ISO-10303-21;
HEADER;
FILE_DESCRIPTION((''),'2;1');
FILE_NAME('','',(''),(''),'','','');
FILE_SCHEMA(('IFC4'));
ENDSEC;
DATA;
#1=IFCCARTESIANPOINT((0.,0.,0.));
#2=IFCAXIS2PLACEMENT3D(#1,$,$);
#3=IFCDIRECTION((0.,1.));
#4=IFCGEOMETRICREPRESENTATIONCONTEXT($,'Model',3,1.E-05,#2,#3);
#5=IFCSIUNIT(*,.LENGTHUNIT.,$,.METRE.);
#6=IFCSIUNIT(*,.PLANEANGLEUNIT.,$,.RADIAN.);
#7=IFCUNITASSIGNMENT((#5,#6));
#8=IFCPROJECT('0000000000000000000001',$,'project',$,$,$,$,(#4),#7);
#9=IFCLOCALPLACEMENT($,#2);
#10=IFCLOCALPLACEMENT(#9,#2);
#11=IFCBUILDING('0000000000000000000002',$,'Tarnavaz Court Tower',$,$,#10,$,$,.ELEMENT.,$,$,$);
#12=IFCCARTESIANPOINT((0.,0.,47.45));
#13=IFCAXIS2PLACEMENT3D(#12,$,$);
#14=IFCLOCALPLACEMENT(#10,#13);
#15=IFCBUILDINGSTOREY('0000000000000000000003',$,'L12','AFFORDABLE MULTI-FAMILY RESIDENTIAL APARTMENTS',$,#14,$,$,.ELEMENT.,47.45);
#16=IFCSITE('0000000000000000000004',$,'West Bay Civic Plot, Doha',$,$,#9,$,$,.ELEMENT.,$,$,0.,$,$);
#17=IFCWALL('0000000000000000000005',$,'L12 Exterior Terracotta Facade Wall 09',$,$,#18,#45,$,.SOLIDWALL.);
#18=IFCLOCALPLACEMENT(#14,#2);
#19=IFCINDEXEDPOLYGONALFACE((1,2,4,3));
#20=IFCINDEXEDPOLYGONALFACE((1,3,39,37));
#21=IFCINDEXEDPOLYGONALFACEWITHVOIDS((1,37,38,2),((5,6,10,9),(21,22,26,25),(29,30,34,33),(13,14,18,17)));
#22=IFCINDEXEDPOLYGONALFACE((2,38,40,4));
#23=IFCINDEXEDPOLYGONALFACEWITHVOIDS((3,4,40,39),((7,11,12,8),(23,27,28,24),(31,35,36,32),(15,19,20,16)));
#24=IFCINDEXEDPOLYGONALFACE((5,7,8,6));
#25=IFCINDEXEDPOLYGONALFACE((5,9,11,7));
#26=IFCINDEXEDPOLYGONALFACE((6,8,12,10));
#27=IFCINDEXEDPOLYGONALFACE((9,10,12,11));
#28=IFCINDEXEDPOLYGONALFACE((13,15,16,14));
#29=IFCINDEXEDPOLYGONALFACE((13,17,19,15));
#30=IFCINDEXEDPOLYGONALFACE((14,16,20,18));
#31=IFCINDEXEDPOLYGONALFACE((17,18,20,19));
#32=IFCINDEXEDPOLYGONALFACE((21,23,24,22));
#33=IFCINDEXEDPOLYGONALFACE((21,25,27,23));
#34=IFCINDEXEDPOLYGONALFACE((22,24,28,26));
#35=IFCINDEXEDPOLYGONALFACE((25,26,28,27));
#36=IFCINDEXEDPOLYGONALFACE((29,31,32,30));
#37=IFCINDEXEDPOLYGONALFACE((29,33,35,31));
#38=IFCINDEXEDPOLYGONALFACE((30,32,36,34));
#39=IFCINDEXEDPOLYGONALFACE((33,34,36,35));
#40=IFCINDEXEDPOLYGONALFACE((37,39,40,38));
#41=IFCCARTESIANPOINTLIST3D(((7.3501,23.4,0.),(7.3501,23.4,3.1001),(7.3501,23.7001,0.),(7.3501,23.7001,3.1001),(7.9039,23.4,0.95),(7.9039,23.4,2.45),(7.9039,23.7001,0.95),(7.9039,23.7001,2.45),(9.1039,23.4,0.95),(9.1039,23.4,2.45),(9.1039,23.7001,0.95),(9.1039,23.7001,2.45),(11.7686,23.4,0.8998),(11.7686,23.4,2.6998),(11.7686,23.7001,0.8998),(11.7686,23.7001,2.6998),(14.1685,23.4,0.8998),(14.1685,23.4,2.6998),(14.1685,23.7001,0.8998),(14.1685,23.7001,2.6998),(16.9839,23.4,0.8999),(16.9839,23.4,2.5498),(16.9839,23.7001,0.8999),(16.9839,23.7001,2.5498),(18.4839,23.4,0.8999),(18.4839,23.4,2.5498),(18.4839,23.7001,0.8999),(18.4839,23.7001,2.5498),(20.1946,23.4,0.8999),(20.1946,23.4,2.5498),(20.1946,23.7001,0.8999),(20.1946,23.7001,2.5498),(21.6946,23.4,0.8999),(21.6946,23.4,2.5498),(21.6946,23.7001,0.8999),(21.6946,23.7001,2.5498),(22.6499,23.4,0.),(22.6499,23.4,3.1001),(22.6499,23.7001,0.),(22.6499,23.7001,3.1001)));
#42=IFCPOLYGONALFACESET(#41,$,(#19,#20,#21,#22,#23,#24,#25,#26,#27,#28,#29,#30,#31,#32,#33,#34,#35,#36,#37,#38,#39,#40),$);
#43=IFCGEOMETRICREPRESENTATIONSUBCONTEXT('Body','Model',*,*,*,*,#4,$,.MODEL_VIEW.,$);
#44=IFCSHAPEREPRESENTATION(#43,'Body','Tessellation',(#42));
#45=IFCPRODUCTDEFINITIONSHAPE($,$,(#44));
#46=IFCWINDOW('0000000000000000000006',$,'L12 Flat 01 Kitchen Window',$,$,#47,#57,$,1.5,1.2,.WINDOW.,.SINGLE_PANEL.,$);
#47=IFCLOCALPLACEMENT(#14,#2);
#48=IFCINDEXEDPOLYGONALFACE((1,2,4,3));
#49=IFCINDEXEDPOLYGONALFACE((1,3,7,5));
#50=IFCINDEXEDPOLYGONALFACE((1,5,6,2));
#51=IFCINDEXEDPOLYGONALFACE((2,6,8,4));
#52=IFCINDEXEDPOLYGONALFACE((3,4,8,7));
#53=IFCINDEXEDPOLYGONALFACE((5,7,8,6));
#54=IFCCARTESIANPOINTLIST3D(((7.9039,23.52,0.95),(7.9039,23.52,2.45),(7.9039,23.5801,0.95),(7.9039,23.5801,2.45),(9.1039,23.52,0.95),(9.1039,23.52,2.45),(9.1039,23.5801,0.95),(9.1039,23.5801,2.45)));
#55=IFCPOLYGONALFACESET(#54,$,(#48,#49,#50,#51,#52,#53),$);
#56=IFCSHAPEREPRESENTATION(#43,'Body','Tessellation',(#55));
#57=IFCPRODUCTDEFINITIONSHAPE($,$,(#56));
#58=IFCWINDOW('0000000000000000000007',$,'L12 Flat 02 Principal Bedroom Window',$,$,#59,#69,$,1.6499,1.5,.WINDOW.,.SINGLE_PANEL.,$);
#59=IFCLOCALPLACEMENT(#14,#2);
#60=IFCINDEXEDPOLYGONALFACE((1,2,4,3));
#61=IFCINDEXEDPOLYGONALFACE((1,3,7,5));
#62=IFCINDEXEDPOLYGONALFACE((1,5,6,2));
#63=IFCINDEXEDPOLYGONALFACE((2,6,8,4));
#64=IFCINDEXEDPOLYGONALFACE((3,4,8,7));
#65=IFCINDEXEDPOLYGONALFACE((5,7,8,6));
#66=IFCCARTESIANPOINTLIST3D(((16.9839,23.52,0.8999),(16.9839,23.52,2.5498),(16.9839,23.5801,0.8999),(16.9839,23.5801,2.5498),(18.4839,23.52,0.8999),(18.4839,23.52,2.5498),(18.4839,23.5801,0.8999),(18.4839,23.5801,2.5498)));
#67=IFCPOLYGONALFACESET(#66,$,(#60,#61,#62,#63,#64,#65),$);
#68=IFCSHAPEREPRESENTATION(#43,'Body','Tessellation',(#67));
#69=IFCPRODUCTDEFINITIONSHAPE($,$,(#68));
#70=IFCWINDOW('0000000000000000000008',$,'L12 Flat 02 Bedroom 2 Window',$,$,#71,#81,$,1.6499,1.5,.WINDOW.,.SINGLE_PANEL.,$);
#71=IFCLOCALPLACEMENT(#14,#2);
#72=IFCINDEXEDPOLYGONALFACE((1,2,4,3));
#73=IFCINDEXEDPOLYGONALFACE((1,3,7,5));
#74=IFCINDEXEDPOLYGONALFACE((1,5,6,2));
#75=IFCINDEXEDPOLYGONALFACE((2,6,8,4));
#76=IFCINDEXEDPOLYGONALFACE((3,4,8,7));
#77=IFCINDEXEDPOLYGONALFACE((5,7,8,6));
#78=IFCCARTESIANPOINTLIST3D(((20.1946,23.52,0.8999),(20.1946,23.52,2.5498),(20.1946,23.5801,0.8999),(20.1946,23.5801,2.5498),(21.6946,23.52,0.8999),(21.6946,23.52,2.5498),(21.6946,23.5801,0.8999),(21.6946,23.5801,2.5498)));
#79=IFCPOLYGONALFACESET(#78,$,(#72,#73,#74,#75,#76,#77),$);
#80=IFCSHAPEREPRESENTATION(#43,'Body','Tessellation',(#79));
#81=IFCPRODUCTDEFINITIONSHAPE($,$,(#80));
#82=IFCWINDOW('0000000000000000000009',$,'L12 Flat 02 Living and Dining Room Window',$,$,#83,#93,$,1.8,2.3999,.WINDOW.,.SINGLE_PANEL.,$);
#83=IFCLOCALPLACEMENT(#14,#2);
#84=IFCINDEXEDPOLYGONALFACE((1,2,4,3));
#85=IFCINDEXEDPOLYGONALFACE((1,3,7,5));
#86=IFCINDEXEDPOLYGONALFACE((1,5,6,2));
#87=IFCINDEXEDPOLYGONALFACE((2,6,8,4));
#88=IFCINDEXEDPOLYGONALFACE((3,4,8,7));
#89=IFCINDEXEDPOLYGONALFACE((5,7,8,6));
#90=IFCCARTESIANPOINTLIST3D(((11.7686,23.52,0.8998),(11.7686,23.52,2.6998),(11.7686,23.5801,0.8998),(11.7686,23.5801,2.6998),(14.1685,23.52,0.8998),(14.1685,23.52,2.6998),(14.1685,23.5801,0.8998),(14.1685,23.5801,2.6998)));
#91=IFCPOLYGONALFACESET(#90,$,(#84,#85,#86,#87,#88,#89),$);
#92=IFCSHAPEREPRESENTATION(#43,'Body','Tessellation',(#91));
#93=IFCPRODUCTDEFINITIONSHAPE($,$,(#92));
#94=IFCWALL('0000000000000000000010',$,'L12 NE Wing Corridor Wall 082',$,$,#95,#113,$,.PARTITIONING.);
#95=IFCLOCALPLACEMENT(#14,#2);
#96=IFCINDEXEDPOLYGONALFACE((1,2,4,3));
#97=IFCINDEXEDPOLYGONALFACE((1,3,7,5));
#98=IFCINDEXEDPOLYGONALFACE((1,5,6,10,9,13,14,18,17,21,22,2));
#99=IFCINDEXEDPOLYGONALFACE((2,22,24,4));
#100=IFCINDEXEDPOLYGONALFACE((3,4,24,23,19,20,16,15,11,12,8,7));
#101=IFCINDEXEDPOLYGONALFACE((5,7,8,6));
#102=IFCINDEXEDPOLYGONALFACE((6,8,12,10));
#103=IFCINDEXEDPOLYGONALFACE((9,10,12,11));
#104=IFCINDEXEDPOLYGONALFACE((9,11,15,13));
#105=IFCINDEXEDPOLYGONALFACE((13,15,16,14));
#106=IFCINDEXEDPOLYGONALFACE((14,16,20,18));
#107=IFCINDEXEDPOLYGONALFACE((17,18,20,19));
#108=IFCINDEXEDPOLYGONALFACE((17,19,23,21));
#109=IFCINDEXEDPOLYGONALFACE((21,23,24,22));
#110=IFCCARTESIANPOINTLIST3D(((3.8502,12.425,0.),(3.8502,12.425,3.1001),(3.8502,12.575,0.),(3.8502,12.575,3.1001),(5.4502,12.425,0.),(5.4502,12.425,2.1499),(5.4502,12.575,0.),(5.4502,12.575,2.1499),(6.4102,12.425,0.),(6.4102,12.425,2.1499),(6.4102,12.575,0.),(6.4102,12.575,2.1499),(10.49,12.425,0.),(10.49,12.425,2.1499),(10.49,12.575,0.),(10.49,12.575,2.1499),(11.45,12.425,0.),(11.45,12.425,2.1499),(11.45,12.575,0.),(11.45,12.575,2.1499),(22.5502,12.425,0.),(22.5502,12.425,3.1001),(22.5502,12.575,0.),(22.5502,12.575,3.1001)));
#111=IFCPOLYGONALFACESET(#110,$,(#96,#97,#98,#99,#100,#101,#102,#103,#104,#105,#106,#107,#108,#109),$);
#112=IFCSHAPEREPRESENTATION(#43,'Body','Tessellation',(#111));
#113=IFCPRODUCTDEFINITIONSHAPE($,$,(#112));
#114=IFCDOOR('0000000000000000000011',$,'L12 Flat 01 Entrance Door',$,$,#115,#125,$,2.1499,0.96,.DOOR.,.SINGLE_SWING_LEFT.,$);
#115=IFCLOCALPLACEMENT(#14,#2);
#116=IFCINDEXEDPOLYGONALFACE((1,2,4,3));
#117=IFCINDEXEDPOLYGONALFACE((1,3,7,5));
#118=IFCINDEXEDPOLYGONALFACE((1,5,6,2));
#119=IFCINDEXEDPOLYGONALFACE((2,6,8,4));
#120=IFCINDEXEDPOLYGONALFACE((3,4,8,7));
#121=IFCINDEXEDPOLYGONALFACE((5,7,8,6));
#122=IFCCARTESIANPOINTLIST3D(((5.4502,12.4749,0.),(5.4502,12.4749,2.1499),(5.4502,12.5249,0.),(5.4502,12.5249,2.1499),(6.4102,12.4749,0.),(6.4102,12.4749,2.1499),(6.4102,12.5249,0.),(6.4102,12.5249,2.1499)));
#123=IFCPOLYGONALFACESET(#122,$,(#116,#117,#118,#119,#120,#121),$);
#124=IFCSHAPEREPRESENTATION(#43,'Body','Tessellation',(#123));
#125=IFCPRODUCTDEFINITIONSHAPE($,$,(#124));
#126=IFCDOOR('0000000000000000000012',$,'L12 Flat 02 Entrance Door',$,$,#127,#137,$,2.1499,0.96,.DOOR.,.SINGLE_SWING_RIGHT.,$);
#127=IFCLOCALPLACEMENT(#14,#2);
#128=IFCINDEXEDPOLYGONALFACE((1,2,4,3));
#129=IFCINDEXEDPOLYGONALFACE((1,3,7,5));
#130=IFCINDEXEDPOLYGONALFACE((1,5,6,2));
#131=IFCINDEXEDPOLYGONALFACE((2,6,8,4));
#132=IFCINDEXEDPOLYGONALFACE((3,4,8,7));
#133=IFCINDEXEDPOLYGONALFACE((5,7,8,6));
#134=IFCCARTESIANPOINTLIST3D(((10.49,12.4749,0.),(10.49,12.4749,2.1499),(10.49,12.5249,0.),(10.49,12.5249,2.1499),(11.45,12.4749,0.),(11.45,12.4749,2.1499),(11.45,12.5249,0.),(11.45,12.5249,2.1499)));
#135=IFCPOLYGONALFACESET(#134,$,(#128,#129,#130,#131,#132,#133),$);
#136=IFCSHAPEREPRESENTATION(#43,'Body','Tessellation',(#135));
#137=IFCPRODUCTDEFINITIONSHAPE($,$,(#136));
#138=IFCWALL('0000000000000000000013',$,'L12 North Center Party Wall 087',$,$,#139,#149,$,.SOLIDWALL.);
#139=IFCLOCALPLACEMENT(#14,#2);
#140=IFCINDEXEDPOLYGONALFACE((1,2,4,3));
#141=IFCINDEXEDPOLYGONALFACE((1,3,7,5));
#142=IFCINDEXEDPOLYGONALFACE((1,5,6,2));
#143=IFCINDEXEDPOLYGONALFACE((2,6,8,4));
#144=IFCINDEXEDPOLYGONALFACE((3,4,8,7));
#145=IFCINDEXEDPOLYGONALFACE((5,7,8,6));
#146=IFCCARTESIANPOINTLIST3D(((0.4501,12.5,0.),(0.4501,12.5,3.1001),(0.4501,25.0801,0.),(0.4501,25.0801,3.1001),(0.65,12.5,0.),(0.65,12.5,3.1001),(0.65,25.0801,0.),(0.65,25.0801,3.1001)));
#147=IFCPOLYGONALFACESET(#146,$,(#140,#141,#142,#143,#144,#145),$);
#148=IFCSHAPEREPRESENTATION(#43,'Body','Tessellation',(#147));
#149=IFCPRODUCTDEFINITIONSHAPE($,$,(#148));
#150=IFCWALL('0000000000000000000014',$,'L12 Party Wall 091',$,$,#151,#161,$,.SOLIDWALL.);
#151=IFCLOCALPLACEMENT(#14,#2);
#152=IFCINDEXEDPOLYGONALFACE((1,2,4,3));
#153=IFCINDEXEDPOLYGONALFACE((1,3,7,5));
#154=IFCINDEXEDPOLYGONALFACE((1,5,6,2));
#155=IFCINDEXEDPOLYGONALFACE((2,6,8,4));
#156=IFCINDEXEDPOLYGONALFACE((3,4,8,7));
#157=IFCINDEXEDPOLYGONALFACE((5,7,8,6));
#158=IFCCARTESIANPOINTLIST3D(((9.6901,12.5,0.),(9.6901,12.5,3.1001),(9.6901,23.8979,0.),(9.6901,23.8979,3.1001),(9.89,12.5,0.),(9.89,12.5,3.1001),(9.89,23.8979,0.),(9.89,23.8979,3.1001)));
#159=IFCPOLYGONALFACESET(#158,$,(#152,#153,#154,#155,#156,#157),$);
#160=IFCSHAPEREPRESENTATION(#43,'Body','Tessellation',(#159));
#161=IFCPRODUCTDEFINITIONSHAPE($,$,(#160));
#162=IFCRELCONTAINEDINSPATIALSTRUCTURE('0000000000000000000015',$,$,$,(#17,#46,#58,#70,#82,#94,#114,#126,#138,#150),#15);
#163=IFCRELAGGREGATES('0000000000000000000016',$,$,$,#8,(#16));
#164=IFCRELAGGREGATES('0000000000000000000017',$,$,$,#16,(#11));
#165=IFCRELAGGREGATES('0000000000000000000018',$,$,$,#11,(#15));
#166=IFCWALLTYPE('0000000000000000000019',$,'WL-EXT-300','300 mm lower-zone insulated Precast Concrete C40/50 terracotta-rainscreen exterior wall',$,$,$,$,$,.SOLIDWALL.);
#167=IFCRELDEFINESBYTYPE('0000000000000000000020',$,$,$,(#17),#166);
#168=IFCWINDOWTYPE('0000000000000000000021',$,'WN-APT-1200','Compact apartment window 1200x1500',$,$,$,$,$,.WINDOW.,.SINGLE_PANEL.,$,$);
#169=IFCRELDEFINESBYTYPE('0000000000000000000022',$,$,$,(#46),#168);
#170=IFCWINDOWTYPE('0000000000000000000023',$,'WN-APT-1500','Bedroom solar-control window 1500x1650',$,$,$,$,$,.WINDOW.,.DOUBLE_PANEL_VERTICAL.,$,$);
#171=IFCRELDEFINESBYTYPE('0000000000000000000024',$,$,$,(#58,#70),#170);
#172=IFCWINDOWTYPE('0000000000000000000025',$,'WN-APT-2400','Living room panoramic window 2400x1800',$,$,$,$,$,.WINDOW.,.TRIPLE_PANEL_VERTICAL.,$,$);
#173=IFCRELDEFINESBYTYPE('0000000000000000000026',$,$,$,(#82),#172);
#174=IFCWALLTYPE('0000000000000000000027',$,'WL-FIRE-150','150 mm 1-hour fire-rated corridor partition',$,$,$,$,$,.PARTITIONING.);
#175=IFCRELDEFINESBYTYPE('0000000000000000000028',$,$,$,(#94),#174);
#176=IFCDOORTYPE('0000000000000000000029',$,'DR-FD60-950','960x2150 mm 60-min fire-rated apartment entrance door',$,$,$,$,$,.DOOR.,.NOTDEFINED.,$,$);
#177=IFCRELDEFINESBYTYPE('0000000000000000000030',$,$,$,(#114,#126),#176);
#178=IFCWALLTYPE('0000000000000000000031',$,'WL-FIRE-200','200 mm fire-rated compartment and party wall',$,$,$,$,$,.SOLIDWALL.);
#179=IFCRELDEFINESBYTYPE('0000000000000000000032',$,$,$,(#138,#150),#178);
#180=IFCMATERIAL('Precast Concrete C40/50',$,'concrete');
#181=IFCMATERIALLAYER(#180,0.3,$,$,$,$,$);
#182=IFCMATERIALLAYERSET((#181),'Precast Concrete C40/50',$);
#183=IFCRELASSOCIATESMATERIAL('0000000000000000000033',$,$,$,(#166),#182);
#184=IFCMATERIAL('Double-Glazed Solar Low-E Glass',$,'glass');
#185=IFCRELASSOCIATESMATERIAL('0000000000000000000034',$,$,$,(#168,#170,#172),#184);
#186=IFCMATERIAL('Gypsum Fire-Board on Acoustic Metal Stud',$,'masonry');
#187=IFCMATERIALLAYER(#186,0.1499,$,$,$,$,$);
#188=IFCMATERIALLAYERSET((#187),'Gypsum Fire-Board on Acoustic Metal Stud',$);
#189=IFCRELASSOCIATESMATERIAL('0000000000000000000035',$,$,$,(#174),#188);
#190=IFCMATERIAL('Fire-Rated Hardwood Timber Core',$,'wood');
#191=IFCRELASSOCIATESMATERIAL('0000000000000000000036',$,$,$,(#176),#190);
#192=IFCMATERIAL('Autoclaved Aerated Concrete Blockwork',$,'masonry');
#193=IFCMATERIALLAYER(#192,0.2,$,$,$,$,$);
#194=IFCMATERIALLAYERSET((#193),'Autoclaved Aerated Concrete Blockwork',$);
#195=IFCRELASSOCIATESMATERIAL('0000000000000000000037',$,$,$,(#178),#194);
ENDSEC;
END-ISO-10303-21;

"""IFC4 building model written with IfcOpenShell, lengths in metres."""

from ifc_helpers import new_model, si_unit, direction, frame, frame_2d, origin, place, context, subcontext, project, spatial, rectangle, extrude, material, layer, layer_set, type_object, element, fill, save


model = new_model("IFC4")

# Units and contexts
model_context = context("Model", 3, precision=1e-05, world=origin(), true_north=direction((0.0, 1.0)))
body_context = subcontext(model_context, "Body", "Model", "MODEL_VIEW")
ifc_project = project(units=[si_unit("LENGTHUNIT", "METRE"), si_unit("PLANEANGLEUNIT", "RADIAN")], contexts=[model_context])

# Site, building, storey
site_placement = place(None, origin())
site = spatial("IfcSite", under=ifc_project, at=site_placement, Name="West Bay Civic Plot, Doha", CompositionType="ELEMENT", RefElevation=0.0)
building_placement = place(site_placement, origin())
building = spatial("IfcBuilding", under=site, at=building_placement, Name="Tarnavaz Court Tower", CompositionType="ELEMENT")
storey_placement = place(building_placement, frame((0.0, 0.0, 47.45)))
storey = spatial("IfcBuildingStorey", under=building, at=storey_placement, Name="L12", Description="AFFORDABLE MULTI-FAMILY RESIDENTIAL APARTMENTS", CompositionType="ELEMENT", Elevation=47.45)

# Shared definitions
ifc_material_1 = material(Name="Double-Glazed Solar Low-E Glass", Category="glass")

# Shared definitions
ifc_material_2 = material(Name="Precast Concrete C40/50", Category="concrete")
ifc_layer_1 = layer(ifc_material_2, 0.3)
ifc_layer_set_1 = layer_set([ifc_layer_1], Name="Precast Concrete C40/50")
wall_type_1 = type_object("IfcWallType", Name="WL-EXT-300", Description="300 mm lower-zone insulated Precast Concrete C40/50 terracotta-rainscreen exterior wall", PredefinedType="SOLIDWALL", material=ifc_layer_set_1)
window_type_1 = type_object("IfcWindowType", Name="WN-APT-1200", Description="Compact apartment window 1200x1500", PartitioningType="SINGLE_PANEL", PredefinedType="WINDOW", material=ifc_material_1)

# Wall, openings, windows
wall_1_placement = place(storey_placement, frame((7.3501, 23.55, 0.0), z_axis=(0.0, 0.0, 1.0), x_axis=(1.0, 0.0, 0.0)))
wall_1 = element("IfcWall", 1, at=wall_1_placement, inside=storey, type_object=wall_type_1, Name="L12 Exterior Terracotta Facade Wall 09", PredefinedType="SOLIDWALL", context=body_context, shape_type="SweptSolid", body=[
    extrude(rectangle(XDim=15.2998, YDim=0.3, at=frame_2d((7.6499, 0.0))), origin(), (0.0, 0.0, 1.0), 3.1001),
])
opening_1_placement = place(wall_1_placement, frame((0.5537, 0.0, 0.95)))
opening_1 = element("IfcOpeningElement", 2, at=opening_1_placement, cuts=wall_1, PredefinedType="OPENING", context=body_context, shape_type="SweptSolid", body=[
    extrude(rectangle(XDim=1.2, YDim=1.5, at=frame_2d((0.6001, 0.75))), frame((0.0, 0.1599, 0.0), z_axis=(0.0, -1.0, 0.0), x_axis=(1.0, 0.0, 0.0)), (0.0, 0.0, 1.0), 0.3201),
])
opening_2_placement = place(wall_1_placement, frame((4.4185, 0.0, 0.8999)))
opening_2 = element("IfcOpeningElement", 3, at=opening_2_placement, cuts=wall_1, PredefinedType="OPENING", context=body_context, shape_type="SweptSolid", body=[
    extrude(rectangle(XDim=2.3999, YDim=1.8, at=frame_2d((1.2, 0.8999))), frame((0.0, 0.1599, 0.0), z_axis=(0.0, -1.0, 0.0), x_axis=(1.0, 0.0, 0.0)), (0.0, 0.0, 1.0), 0.3201),
])
opening_3_placement = place(wall_1_placement, frame((9.6338, 0.0, 0.8999)))
opening_3 = element("IfcOpeningElement", 4, at=opening_3_placement, cuts=wall_1, PredefinedType="OPENING", context=body_context, shape_type="SweptSolid", body=[
    extrude(rectangle(XDim=1.5, YDim=1.6499, at=frame_2d((0.75, 0.825))), frame((0.0, 0.1599, 0.0), z_axis=(0.0, -1.0, 0.0), x_axis=(1.0, 0.0, 0.0)), (0.0, 0.0, 1.0), 0.3201),
])
opening_4_placement = place(wall_1_placement, frame((12.8445, 0.0, 0.8999)))
opening_4 = element("IfcOpeningElement", 5, at=opening_4_placement, cuts=wall_1, PredefinedType="OPENING", context=body_context, shape_type="SweptSolid", body=[
    extrude(rectangle(XDim=1.5, YDim=1.6499, at=frame_2d((0.75, 0.825))), frame((0.0, 0.1599, 0.0), z_axis=(0.0, -1.0, 0.0), x_axis=(1.0, 0.0, 0.0)), (0.0, 0.0, 1.0), 0.3201),
])
window_1_placement = place(opening_1_placement, origin())
window_1 = element("IfcWindow", 6, at=window_1_placement, inside=storey, type_object=window_type_1, Name="L12 Flat 01 Kitchen Window", OverallHeight=1.5, OverallWidth=1.2, PartitioningType="SINGLE_PANEL", PredefinedType="WINDOW", context=body_context, shape_type="SweptSolid", body=[
    extrude(rectangle(XDim=1.2, YDim=1.5, at=frame_2d((0.6001, 0.75))), frame((0.0, 0.03, 0.0), z_axis=(0.0, -1.0, 0.0), x_axis=(1.0, 0.0, 0.0)), (0.0, 0.0, 1.0), 0.0601),
])
fill(opening_1, window_1)
window_type_2 = type_object("IfcWindowType", Name="WN-APT-1500", Description="Bedroom solar-control window 1500x1650", PartitioningType="DOUBLE_PANEL_VERTICAL", PredefinedType="WINDOW", material=ifc_material_1)
window_2_placement = place(opening_3_placement, origin())
window_2 = element("IfcWindow", 7, at=window_2_placement, inside=storey, type_object=window_type_2, Name="L12 Flat 02 Principal Bedroom Window", OverallHeight=1.6499, OverallWidth=1.5, PartitioningType="SINGLE_PANEL", PredefinedType="WINDOW", context=body_context, shape_type="SweptSolid", body=[
    extrude(rectangle(XDim=1.5, YDim=1.6499, at=frame_2d((0.75, 0.825))), frame((0.0, 0.03, 0.0), z_axis=(0.0, -1.0, 0.0), x_axis=(1.0, 0.0, 0.0)), (0.0, 0.0, 1.0), 0.0601),
])
fill(opening_3, window_2)
window_3_placement = place(opening_4_placement, origin())
window_3 = element("IfcWindow", 8, at=window_3_placement, inside=storey, type_object=window_type_2, Name="L12 Flat 02 Bedroom 2 Window", OverallHeight=1.6499, OverallWidth=1.5, PartitioningType="SINGLE_PANEL", PredefinedType="WINDOW", context=body_context, shape_type="SweptSolid", body=[
    extrude(rectangle(XDim=1.5, YDim=1.6499, at=frame_2d((0.75, 0.825))), frame((0.0, 0.03, 0.0), z_axis=(0.0, -1.0, 0.0), x_axis=(1.0, 0.0, 0.0)), (0.0, 0.0, 1.0), 0.0601),
])
fill(opening_4, window_3)
window_type_3 = type_object("IfcWindowType", Name="WN-APT-2400", Description="Living room panoramic window 2400x1800", PartitioningType="TRIPLE_PANEL_VERTICAL", PredefinedType="WINDOW", material=ifc_material_1)
window_4_placement = place(opening_2_placement, origin())
window_4 = element("IfcWindow", 9, at=window_4_placement, inside=storey, type_object=window_type_3, Name="L12 Flat 02 Living and Dining Room Window", OverallHeight=1.8, OverallWidth=2.3999, PartitioningType="SINGLE_PANEL", PredefinedType="WINDOW", context=body_context, shape_type="SweptSolid", body=[
    extrude(rectangle(XDim=2.3999, YDim=1.8, at=frame_2d((1.2, 0.8999))), frame((0.0, 0.03, 0.0), z_axis=(0.0, -1.0, 0.0), x_axis=(1.0, 0.0, 0.0)), (0.0, 0.0, 1.0), 0.0601),
])
fill(opening_2, window_4)

# Wall, openings, doors
ifc_material_3 = material(Name="Gypsum Fire-Board on Acoustic Metal Stud", Category="masonry")
ifc_layer_2 = layer(ifc_material_3, 0.1499)
ifc_layer_set_2 = layer_set([ifc_layer_2], Name="Gypsum Fire-Board on Acoustic Metal Stud")
wall_type_2 = type_object("IfcWallType", Name="WL-FIRE-150", Description="150 mm 1-hour fire-rated corridor partition", PredefinedType="PARTITIONING", material=ifc_layer_set_2)
wall_2_placement = place(storey_placement, frame((3.8501, 12.5, 0.0), z_axis=(0.0, 0.0, 1.0), x_axis=(1.0, 0.0, 0.0)))
wall_2 = element("IfcWall", 10, at=wall_2_placement, inside=storey, type_object=wall_type_2, Name="L12 NE Wing Corridor Wall 082", PredefinedType="PARTITIONING", context=body_context, shape_type="SweptSolid", body=[
    extrude(rectangle(XDim=18.7, YDim=0.1499, at=frame_2d((9.3501, 0.0))), origin(), (0.0, 0.0, 1.0), 3.1001),
])
opening_5_placement = place(wall_2_placement, frame((1.6001, 0.0, 0.0)))
opening_5 = element("IfcOpeningElement", 11, at=opening_5_placement, cuts=wall_2, PredefinedType="OPENING", context=body_context, shape_type="SweptSolid", body=[
    extrude(rectangle(XDim=0.96, YDim=2.1499, at=frame_2d((0.48, 1.075))), frame((0.0, 0.085, 0.0), z_axis=(0.0, -1.0, 0.0), x_axis=(1.0, 0.0, 0.0)), (0.0, 0.0, 1.0), 0.1699),
])
opening_6_placement = place(wall_2_placement, frame((6.6399, 0.0, 0.0)))
opening_6 = element("IfcOpeningElement", 12, at=opening_6_placement, cuts=wall_2, PredefinedType="OPENING", context=body_context, shape_type="SweptSolid", body=[
    extrude(rectangle(XDim=0.96, YDim=2.1499, at=frame_2d((0.48, 1.075))), frame((0.0, 0.085, 0.0), z_axis=(0.0, -1.0, 0.0), x_axis=(1.0, 0.0, 0.0)), (0.0, 0.0, 1.0), 0.1699),
])
ifc_material_4 = material(Name="Fire-Rated Hardwood Timber Core", Category="wood")
door_type_1 = type_object("IfcDoorType", Name="DR-FD60-950", Description="960x2150 mm 60-min fire-rated apartment entrance door", OperationType="NOTDEFINED", PredefinedType="DOOR", material=ifc_material_4)
door_1_placement = place(opening_5_placement, origin())
door_1 = element("IfcDoor", 13, at=door_1_placement, inside=storey, type_object=door_type_1, Name="L12 Flat 01 Entrance Door", OperationType="SINGLE_SWING_LEFT", OverallHeight=2.1499, OverallWidth=0.96, PredefinedType="DOOR", context=body_context, shape_type="SweptSolid", body=[
    extrude(rectangle(XDim=0.96, YDim=2.1499, at=frame_2d((0.48, 1.075))), frame((0.0, 0.0249, 0.0), z_axis=(0.0, -1.0, 0.0), x_axis=(1.0, 0.0, 0.0)), (0.0, 0.0, 1.0), 0.05),
])
fill(opening_5, door_1)
door_2_placement = place(opening_6_placement, origin())
door_2 = element("IfcDoor", 14, at=door_2_placement, inside=storey, type_object=door_type_1, Name="L12 Flat 02 Entrance Door", OperationType="SINGLE_SWING_RIGHT", OverallHeight=2.1499, OverallWidth=0.96, PredefinedType="DOOR", context=body_context, shape_type="SweptSolid", body=[
    extrude(rectangle(XDim=0.96, YDim=2.1499, at=frame_2d((0.48, 1.075))), frame((0.0, 0.0249, 0.0), z_axis=(0.0, -1.0, 0.0), x_axis=(1.0, 0.0, 0.0)), (0.0, 0.0, 1.0), 0.05),
])
fill(opening_6, door_2)

# Walls
ifc_material_5 = material(Name="Autoclaved Aerated Concrete Blockwork", Category="masonry")
ifc_layer_3 = layer(ifc_material_5, 0.2)
ifc_layer_set_3 = layer_set([ifc_layer_3], Name="Autoclaved Aerated Concrete Blockwork")
wall_type_3 = type_object("IfcWallType", Name="WL-FIRE-200", Description="200 mm fire-rated compartment and party wall", PredefinedType="SOLIDWALL", material=ifc_layer_set_3)
wall_3_placement = place(storey_placement, frame((0.55, 12.5, 0.0), z_axis=(0.0, 0.0, 1.0), x_axis=(0.0, 1.0, 0.0)))
element("IfcWall", 15, at=wall_3_placement, inside=storey, type_object=wall_type_3, Name="L12 North Center Party Wall 087", PredefinedType="SOLIDWALL", context=body_context, shape_type="SweptSolid", body=[
    extrude(rectangle(XDim=12.5801, YDim=0.2, at=frame_2d((6.29, 0.0))), origin(), (0.0, 0.0, 1.0), 3.1001),
])
wall_4_placement = place(storey_placement, frame((9.79, 12.5, 0.0), z_axis=(0.0, 0.0, 1.0), x_axis=(0.0, 1.0, 0.0)))
element("IfcWall", 16, at=wall_4_placement, inside=storey, type_object=wall_type_3, Name="L12 Party Wall 091", PredefinedType="SOLIDWALL", context=body_context, shape_type="SweptSolid", body=[
    extrude(rectangle(XDim=11.3979, YDim=0.2, at=frame_2d((5.699, 0.0))), origin(), (0.0, 0.0, 1.0), 3.1001),
])

save(model, "model.ifc")
